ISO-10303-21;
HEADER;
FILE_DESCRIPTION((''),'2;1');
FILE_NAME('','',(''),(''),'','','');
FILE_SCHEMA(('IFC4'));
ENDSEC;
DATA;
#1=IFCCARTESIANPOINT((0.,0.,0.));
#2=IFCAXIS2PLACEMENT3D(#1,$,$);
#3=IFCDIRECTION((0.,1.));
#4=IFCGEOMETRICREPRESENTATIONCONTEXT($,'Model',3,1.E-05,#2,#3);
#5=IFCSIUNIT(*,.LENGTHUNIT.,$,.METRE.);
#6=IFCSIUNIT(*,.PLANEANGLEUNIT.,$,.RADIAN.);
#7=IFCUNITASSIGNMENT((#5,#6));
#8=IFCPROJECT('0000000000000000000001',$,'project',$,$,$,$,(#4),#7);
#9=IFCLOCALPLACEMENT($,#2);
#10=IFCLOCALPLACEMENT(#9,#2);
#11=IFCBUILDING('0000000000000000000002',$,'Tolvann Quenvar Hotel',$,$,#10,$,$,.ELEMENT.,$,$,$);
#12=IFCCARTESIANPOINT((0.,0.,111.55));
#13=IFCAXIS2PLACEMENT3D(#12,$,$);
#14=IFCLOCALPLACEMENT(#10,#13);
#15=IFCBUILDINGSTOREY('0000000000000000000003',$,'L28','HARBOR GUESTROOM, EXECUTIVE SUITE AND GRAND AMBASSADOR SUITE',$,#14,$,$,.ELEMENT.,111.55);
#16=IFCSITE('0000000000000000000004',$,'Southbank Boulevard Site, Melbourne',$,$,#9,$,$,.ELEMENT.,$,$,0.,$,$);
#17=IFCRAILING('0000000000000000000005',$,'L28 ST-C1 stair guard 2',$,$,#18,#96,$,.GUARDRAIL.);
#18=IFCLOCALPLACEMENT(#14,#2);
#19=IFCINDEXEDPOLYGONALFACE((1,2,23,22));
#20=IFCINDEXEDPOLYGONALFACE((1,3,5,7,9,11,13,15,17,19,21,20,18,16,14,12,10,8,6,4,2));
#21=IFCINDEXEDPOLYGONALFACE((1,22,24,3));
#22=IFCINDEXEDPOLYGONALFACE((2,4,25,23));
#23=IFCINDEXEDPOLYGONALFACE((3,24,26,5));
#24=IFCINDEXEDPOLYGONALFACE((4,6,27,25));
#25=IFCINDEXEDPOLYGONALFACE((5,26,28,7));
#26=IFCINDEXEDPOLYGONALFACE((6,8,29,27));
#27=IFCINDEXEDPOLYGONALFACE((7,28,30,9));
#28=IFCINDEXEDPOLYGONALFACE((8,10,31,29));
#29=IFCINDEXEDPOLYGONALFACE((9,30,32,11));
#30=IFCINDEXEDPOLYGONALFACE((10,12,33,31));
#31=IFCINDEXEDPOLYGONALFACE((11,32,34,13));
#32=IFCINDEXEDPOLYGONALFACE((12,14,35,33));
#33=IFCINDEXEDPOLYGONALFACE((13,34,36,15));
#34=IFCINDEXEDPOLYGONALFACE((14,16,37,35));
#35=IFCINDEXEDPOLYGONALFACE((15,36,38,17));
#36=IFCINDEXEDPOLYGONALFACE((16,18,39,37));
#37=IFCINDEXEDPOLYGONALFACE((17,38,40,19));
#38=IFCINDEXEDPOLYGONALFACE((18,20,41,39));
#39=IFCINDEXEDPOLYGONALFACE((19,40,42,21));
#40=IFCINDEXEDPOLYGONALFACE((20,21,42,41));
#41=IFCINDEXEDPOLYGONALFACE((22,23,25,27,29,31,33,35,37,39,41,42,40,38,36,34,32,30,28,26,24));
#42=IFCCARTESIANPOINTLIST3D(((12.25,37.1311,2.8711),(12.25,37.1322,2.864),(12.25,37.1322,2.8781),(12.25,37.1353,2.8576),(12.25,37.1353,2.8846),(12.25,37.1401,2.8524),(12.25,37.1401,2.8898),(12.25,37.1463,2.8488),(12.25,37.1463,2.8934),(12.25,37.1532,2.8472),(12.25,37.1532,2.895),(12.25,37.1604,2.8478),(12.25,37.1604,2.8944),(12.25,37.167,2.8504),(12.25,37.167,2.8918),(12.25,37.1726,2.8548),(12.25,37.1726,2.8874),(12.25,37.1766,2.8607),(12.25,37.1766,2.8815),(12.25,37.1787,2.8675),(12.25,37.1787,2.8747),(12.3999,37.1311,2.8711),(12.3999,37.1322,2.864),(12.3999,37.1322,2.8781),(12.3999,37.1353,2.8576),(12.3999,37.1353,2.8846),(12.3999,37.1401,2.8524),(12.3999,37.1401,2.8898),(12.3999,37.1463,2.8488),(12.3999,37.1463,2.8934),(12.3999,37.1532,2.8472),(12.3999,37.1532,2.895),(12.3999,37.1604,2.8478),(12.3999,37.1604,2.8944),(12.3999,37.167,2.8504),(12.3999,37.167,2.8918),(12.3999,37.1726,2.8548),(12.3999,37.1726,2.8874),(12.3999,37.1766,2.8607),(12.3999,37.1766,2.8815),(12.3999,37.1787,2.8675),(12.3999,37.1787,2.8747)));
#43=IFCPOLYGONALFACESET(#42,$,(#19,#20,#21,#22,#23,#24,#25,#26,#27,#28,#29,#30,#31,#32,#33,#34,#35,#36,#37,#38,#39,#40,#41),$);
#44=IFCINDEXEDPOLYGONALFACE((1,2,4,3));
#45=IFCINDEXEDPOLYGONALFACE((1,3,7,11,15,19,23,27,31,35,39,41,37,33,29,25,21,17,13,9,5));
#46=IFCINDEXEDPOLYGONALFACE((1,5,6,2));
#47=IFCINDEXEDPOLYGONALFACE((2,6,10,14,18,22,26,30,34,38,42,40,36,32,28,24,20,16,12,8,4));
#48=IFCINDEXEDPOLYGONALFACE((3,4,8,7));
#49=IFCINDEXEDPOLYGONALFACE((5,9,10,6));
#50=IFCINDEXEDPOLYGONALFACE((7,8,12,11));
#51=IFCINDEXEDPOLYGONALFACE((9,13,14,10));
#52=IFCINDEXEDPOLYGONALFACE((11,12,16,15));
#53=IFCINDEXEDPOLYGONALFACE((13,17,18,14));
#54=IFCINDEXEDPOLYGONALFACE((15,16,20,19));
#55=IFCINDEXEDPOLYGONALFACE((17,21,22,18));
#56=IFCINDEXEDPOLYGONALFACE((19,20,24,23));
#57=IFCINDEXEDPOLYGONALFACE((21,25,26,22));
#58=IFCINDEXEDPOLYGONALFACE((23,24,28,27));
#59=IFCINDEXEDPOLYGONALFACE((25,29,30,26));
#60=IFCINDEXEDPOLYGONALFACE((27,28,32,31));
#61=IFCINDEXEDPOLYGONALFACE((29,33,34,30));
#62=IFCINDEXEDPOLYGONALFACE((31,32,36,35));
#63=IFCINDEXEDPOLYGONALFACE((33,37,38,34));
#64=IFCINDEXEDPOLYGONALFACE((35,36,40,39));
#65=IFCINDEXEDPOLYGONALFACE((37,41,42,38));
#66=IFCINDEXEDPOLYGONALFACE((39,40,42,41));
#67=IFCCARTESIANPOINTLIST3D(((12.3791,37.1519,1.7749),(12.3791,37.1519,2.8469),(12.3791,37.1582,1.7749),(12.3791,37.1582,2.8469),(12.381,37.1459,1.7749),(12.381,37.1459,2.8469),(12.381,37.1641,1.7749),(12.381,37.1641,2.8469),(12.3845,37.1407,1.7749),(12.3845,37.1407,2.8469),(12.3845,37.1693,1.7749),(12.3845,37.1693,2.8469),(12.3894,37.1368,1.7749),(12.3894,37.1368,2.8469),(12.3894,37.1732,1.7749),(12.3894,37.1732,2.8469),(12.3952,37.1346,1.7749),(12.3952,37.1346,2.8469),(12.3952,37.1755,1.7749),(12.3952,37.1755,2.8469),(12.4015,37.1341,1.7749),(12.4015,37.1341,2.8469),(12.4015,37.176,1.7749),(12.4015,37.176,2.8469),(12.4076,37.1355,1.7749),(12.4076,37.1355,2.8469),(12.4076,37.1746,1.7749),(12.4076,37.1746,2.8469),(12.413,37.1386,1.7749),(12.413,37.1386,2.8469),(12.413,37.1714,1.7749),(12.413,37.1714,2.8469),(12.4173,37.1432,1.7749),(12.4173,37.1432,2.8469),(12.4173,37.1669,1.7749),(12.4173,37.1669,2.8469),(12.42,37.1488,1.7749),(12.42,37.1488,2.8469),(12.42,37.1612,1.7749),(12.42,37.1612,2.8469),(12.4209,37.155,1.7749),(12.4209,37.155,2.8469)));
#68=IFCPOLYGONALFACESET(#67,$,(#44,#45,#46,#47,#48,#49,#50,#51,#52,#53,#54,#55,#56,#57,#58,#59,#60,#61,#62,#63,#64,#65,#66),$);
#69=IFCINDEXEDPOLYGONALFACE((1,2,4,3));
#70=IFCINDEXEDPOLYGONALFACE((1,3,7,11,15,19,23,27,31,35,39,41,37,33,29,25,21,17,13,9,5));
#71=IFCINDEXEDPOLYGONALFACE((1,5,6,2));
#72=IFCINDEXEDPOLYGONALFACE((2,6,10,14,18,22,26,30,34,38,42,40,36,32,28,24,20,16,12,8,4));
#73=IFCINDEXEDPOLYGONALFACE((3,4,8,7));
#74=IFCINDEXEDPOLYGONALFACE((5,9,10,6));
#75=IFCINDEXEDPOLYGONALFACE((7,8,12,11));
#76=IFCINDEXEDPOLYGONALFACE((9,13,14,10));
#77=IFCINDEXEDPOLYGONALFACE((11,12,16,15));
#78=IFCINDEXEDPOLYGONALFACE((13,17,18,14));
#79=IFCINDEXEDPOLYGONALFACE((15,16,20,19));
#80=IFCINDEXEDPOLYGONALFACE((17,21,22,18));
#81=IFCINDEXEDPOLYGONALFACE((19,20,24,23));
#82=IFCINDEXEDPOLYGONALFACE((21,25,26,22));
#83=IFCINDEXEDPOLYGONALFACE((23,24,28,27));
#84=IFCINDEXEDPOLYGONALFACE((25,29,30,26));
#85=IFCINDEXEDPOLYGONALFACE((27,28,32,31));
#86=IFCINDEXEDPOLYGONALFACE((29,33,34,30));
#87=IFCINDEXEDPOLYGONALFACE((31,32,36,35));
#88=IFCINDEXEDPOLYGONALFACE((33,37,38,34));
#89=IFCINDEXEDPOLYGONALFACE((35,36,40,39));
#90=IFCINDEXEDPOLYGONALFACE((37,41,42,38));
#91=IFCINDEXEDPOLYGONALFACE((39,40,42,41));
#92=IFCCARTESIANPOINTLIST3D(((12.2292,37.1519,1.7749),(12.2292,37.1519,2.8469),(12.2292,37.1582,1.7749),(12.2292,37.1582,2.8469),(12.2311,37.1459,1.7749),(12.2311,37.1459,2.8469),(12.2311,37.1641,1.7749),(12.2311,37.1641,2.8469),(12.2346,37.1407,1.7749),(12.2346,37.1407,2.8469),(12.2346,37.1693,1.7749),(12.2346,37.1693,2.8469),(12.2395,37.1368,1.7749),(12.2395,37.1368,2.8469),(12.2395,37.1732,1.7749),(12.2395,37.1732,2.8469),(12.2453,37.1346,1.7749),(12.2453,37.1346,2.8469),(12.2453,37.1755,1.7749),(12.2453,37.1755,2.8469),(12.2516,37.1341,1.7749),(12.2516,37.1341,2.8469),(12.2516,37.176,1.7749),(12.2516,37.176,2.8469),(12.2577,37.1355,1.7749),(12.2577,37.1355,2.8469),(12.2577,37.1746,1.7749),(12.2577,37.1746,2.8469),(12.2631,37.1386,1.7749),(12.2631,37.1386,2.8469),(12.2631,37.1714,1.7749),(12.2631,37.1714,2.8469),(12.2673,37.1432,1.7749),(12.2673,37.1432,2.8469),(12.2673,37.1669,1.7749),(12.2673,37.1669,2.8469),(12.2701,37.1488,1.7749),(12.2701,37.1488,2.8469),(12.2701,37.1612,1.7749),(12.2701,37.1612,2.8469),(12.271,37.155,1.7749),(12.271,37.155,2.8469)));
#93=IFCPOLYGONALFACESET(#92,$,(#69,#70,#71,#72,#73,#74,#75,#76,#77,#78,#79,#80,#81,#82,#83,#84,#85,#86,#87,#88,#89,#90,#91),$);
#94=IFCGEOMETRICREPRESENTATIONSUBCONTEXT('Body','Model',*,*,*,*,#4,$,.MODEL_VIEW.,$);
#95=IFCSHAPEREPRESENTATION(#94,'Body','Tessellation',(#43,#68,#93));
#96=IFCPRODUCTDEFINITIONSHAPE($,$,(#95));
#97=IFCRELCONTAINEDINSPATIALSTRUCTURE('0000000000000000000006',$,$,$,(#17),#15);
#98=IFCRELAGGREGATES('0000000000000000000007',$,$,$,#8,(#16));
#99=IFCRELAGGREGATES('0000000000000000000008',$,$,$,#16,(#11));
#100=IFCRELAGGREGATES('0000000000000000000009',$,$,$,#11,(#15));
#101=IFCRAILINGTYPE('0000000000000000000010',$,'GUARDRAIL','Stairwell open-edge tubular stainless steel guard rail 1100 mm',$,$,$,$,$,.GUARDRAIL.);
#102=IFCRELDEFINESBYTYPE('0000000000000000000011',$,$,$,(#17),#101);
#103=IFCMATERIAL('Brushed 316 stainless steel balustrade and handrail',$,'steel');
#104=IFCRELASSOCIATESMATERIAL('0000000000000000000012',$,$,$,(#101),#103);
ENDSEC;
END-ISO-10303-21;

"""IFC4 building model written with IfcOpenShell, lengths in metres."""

from ifc_helpers import new_model, si_unit, direction, frame, origin, origin_2d, place, context, subcontext, project, spatial, circle, extrude, material, type_object, element, save


model = new_model("IFC4")

# Units and contexts
model_context = context("Model", 3, precision=1e-05, world=origin(), true_north=direction((0.0, 1.0)))
body_context = subcontext(model_context, "Body", "Model", "MODEL_VIEW")
ifc_project = project(units=[si_unit("LENGTHUNIT", "METRE"), si_unit("PLANEANGLEUNIT", "RADIAN")], contexts=[model_context])

# Site, building, storey
site_placement = place(None, origin())
site = spatial("IfcSite", under=ifc_project, at=site_placement, Name="Southbank Boulevard Site, Melbourne", CompositionType="ELEMENT", RefElevation=0.0)
building_placement = place(site_placement, origin())
building = spatial("IfcBuilding", under=site, at=building_placement, Name="Tolvann Quenvar Hotel", CompositionType="ELEMENT")
storey_placement = place(building_placement, frame((0.0, 0.0, 111.55)))
storey = spatial("IfcBuildingStorey", under=building, at=storey_placement, Name="L28", Description="HARBOR GUESTROOM, EXECUTIVE SUITE AND GRAND AMBASSADOR SUITE", CompositionType="ELEMENT", Elevation=111.55)

# Railing
ifc_material_1 = material(Name="Brushed 316 stainless steel balustrade and handrail", Category="steel")
railing_type_1 = type_object("IfcRailingType", Name="GUARDRAIL", Description="Stairwell open-edge tubular stainless steel guard rail 1100 mm", PredefinedType="GUARDRAIL", material=ifc_material_1)
railing_1_placement = place(storey_placement, frame((12.3999, 37.155, 1.7749)))
element("IfcRailing", 1, at=railing_1_placement, inside=storey, type_object=railing_type_1, Name="L28 ST-C1 stair guard 2", PredefinedType="GUARDRAIL", context=body_context, shape_type="SweptSolid", body=[
    extrude(circle(Radius=0.0239, at=origin_2d()), frame((0.0, 0.0, 1.0962), z_axis=(-1.0, 0.0, 0.0), x_axis=(0.0, -1.0, 0.0)), (0.0, 0.0, 1.0), 0.1499),
    extrude(circle(Radius=0.021, at=origin_2d()), origin(), (0.0, 0.0, 1.0), 1.072),
    extrude(circle(Radius=0.021, at=origin_2d()), frame((-0.1499, 0.0, 0.0)), (0.0, 0.0, 1.0), 1.072),
])

save(model, "model.ifc")
